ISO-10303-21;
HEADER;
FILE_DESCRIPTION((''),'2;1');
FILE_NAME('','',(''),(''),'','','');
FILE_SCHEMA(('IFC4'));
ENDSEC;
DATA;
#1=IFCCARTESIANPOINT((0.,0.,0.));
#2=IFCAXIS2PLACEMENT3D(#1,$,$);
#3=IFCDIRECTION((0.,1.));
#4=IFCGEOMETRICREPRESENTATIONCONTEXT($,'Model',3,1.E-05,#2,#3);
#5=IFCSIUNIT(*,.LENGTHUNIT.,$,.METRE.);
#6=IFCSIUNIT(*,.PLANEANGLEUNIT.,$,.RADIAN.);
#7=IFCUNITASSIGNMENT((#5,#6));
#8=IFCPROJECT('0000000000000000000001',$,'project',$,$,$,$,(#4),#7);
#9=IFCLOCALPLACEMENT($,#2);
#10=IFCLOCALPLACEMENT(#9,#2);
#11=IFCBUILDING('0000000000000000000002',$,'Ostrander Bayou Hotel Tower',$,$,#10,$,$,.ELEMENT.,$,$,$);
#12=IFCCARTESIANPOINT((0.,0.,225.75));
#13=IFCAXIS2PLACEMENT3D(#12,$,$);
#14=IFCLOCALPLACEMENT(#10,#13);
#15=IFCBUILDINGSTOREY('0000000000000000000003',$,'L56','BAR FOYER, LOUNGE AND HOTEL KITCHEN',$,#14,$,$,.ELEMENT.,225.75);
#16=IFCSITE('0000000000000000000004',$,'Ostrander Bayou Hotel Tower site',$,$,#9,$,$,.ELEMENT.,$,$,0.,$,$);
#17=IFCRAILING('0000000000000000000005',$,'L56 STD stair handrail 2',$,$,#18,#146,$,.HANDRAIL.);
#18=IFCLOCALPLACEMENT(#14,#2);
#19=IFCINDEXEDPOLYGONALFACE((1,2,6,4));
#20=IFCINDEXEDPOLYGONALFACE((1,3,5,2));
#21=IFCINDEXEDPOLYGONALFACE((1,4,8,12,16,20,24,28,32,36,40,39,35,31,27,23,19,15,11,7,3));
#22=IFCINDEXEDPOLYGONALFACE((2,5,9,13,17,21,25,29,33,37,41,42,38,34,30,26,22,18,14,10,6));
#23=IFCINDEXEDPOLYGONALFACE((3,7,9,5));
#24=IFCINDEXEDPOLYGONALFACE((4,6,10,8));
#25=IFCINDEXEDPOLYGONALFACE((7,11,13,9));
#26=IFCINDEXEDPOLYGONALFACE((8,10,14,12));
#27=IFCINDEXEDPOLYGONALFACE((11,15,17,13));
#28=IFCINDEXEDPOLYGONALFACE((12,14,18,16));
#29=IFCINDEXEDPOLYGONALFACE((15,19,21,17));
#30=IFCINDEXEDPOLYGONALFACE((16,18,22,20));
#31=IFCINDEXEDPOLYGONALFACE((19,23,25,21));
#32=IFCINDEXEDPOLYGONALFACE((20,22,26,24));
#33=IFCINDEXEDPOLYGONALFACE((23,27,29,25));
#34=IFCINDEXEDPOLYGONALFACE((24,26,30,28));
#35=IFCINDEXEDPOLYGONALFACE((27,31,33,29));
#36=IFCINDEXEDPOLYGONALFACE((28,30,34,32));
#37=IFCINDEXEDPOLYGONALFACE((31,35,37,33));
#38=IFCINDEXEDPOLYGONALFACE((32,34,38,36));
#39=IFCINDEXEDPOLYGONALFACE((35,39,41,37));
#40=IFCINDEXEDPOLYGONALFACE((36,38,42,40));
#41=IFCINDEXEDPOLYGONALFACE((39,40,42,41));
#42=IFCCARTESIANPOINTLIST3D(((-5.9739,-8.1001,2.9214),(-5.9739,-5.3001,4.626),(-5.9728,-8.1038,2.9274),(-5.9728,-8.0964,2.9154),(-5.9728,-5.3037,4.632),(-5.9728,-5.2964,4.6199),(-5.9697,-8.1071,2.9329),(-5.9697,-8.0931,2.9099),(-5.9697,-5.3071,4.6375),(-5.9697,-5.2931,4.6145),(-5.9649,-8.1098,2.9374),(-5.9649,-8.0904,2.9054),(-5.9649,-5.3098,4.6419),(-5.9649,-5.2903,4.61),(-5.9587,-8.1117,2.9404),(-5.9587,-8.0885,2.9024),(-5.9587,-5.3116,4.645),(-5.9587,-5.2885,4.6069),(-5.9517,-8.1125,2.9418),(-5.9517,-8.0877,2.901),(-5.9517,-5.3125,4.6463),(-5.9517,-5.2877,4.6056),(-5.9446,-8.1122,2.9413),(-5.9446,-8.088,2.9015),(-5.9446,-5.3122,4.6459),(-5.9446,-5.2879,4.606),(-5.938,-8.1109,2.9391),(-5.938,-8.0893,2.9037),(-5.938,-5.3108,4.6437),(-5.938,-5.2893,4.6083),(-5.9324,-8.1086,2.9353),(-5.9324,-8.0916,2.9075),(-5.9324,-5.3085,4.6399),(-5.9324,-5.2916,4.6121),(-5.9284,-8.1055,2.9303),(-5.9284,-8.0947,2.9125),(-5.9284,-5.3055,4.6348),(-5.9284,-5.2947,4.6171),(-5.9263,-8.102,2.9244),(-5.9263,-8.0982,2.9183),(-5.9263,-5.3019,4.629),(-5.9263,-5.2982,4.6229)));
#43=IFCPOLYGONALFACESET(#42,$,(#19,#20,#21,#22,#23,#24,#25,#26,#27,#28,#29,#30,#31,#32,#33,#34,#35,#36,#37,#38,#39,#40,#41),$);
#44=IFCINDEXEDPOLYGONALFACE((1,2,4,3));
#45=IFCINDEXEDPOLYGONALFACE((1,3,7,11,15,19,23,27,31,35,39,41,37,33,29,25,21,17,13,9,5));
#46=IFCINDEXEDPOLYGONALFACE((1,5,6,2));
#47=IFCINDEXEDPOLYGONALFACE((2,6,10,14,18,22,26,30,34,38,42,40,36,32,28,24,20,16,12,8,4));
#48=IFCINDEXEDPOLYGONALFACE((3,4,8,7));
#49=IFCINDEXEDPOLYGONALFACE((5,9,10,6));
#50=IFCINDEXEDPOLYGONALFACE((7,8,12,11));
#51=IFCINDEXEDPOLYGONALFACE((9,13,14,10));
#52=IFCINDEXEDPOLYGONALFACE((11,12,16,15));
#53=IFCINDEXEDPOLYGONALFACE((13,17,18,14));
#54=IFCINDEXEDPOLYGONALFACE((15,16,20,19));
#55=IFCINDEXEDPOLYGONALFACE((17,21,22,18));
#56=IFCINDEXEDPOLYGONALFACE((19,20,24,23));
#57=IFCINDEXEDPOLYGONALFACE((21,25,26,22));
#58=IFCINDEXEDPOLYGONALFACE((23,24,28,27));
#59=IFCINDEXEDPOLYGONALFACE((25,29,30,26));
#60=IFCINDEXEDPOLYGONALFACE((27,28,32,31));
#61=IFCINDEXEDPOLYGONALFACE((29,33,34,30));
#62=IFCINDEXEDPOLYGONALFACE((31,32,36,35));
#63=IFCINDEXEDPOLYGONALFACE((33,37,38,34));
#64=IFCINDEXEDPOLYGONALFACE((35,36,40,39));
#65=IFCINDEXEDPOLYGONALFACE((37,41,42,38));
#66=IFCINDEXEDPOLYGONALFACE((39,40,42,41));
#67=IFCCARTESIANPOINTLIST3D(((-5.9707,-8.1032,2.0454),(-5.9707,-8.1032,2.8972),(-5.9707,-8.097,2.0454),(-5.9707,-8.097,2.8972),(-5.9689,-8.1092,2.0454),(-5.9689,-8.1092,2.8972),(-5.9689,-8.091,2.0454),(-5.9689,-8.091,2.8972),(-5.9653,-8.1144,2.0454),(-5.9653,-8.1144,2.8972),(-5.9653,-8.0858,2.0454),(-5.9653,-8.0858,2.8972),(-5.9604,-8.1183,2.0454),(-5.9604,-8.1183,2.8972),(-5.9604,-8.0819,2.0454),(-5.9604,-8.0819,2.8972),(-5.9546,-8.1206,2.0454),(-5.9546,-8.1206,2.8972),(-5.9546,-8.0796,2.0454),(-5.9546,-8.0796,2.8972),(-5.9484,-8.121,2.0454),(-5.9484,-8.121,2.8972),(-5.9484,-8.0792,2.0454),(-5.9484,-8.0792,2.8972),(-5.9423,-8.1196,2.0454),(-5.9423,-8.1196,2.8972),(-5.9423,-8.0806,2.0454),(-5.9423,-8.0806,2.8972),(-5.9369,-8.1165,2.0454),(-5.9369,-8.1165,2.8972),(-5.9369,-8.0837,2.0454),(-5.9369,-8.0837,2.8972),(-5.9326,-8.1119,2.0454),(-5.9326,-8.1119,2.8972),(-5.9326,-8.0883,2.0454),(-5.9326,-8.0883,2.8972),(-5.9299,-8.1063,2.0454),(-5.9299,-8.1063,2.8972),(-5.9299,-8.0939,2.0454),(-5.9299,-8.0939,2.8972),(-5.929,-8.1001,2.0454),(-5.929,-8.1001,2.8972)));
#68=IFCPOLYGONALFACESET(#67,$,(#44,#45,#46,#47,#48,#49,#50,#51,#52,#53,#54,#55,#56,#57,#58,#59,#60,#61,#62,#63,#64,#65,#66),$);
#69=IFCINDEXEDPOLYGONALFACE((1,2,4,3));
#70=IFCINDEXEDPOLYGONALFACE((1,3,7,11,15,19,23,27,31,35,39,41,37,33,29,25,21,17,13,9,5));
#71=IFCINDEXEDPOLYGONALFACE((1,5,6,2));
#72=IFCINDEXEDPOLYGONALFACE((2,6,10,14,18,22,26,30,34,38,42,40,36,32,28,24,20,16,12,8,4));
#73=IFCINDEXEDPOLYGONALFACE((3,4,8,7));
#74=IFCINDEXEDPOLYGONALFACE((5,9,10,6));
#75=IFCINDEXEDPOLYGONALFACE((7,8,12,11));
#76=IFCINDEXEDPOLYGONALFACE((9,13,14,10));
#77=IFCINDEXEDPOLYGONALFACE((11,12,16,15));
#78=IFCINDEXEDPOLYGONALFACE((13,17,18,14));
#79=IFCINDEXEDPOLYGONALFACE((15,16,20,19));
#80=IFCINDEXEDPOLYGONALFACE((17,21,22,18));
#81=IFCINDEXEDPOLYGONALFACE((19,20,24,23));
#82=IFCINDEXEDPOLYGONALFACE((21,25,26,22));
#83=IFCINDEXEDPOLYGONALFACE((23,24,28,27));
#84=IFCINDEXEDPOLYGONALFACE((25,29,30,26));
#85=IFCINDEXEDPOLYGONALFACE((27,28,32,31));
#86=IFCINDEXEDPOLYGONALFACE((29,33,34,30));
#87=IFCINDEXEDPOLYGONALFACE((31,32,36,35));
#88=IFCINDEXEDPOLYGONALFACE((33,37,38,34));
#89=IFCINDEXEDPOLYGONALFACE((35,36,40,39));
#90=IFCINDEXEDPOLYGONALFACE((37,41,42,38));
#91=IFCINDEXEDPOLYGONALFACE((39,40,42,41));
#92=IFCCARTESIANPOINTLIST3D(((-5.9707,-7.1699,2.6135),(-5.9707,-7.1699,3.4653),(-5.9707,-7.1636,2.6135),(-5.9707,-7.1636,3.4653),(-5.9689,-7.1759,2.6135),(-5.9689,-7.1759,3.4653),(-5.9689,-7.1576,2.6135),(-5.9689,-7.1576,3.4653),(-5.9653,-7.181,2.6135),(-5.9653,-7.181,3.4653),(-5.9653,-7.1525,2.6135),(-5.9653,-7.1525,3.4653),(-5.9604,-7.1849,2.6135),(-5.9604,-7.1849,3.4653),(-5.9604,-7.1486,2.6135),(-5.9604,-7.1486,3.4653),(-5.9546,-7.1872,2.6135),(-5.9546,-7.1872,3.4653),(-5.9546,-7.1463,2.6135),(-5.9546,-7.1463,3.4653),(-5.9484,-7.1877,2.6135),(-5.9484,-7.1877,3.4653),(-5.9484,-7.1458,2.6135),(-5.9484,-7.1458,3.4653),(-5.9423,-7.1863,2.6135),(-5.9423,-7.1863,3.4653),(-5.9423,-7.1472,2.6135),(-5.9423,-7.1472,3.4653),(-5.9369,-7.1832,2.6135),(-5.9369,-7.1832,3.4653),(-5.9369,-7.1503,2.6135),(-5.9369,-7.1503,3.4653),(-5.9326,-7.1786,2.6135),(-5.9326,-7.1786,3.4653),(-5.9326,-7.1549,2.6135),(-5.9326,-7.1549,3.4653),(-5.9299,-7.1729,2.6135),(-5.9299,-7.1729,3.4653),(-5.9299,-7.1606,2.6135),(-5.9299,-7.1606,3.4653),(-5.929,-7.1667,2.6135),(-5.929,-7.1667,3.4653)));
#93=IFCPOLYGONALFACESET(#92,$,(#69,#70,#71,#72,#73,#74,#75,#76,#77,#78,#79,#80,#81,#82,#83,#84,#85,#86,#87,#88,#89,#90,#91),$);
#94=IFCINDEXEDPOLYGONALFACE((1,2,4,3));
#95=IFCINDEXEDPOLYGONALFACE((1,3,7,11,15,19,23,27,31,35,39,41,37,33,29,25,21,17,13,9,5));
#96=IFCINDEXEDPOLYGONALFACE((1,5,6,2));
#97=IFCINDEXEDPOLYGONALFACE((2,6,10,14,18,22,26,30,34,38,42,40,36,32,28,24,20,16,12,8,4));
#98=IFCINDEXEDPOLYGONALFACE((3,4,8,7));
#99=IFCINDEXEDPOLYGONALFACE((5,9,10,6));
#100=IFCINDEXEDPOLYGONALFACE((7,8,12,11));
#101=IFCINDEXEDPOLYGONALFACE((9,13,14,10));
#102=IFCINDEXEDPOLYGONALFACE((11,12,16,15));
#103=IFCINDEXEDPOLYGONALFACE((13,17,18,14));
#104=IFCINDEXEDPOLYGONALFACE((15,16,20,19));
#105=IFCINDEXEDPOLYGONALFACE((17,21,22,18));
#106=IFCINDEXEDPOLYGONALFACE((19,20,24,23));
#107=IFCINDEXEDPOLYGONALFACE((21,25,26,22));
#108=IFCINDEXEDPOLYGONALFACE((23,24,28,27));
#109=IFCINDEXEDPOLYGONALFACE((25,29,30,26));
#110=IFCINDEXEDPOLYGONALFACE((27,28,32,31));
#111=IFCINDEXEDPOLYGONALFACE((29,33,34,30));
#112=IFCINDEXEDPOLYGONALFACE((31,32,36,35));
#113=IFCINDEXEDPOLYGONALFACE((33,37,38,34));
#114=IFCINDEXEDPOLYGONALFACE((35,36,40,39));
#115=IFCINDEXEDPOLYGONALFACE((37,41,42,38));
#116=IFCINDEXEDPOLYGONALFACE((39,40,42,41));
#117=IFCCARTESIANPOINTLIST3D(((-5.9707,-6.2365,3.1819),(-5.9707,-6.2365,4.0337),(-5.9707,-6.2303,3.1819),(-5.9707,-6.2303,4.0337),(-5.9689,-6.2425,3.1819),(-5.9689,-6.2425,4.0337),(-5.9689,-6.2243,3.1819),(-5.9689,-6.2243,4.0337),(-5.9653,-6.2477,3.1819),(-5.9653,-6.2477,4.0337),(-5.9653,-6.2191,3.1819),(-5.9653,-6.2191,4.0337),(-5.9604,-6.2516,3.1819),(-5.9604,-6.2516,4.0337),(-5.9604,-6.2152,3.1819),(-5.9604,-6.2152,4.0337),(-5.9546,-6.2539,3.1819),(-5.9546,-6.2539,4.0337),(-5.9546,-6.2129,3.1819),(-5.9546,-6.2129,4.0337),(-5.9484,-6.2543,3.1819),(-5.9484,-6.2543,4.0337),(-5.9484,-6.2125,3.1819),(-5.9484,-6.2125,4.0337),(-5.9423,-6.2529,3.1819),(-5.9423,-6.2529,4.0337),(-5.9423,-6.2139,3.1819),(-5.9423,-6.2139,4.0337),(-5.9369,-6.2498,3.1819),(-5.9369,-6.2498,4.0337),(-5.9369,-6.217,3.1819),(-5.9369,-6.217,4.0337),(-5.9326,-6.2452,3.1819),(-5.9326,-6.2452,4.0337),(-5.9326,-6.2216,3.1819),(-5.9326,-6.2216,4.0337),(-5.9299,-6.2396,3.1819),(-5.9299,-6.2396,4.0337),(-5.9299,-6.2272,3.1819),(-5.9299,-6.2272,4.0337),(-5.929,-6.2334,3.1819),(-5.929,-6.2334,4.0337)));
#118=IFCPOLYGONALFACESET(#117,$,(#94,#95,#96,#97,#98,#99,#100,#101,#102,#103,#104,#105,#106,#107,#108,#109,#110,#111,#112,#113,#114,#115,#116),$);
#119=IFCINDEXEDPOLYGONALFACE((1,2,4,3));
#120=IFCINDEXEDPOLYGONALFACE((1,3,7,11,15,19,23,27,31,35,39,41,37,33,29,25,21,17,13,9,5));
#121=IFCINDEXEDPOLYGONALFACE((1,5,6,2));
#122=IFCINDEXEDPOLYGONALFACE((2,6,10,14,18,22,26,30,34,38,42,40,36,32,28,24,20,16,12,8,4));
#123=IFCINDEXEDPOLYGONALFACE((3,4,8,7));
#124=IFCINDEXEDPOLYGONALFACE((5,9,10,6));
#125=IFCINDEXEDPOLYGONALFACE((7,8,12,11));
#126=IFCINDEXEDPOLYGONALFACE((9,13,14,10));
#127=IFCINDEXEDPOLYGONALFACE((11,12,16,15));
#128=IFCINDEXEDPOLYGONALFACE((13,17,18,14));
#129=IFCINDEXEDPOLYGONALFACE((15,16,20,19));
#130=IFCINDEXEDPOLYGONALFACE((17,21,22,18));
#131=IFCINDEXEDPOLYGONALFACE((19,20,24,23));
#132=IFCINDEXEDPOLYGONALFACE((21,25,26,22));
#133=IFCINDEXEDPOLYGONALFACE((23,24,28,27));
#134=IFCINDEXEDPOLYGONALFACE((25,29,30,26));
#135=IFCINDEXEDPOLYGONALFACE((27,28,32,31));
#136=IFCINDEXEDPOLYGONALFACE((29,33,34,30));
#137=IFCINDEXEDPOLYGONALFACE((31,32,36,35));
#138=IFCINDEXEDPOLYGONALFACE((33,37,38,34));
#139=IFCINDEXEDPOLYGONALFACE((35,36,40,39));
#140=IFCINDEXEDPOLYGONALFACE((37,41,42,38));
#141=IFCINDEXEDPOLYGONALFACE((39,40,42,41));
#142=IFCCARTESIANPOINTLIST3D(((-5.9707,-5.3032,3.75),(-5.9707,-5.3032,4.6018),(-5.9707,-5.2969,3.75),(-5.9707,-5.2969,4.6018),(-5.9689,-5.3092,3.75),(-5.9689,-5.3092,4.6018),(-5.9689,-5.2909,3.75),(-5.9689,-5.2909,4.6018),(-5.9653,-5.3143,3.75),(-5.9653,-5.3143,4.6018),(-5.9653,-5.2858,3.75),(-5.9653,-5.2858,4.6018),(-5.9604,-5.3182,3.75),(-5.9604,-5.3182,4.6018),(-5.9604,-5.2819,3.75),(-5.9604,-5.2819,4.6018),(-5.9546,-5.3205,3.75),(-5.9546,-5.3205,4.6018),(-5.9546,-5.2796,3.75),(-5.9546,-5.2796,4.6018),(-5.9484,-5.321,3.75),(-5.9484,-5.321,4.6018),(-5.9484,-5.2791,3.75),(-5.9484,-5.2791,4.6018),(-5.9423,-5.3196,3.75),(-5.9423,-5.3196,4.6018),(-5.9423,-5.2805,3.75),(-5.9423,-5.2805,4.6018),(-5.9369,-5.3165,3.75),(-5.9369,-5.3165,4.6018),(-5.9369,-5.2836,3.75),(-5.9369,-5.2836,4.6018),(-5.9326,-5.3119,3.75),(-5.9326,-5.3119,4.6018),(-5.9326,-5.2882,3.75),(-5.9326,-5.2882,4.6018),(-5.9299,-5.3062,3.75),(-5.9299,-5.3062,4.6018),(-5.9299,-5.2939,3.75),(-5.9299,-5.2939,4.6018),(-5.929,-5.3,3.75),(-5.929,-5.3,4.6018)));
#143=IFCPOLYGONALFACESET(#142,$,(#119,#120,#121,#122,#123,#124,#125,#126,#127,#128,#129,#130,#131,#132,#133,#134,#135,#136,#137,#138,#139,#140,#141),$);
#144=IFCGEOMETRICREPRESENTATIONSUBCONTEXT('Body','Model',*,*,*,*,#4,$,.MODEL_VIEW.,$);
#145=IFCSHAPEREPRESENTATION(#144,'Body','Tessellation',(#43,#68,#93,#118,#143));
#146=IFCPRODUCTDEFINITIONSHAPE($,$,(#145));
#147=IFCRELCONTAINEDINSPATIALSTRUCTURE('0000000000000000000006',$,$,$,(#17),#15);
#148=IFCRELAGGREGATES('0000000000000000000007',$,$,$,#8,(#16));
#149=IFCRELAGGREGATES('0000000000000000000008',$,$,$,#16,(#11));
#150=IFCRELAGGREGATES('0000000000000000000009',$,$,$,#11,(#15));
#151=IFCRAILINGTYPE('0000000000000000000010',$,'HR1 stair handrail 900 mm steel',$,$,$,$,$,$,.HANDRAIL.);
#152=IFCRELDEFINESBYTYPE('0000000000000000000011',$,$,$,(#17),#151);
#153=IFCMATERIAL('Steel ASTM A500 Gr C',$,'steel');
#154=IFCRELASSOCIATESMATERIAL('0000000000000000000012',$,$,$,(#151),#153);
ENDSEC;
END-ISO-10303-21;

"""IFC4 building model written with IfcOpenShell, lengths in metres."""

from ifc_helpers import new_model, si_unit, direction, frame, origin, origin_2d, place, context, subcontext, project, spatial, circle, extrude, material, type_object, element, save


model = new_model("IFC4")

# Units and contexts
model_context = context("Model", 3, precision=1e-05, world=origin(), true_north=direction((0.0, 1.0)))
body_context = subcontext(model_context, "Body", "Model", "MODEL_VIEW")
ifc_project = project(units=[si_unit("LENGTHUNIT", "METRE"), si_unit("PLANEANGLEUNIT", "RADIAN")], contexts=[model_context])

# Site, building, storey
site_placement = place(None, origin())
site = spatial("IfcSite", under=ifc_project, at=site_placement, Name="Ostrander Bayou Hotel Tower site", CompositionType="ELEMENT", RefElevation=0.0)
building_placement = place(site_placement, origin())
building = spatial("IfcBuilding", under=site, at=building_placement, Name="Ostrander Bayou Hotel Tower", CompositionType="ELEMENT")
storey_placement = place(building_placement, frame((0.0, 0.0, 225.75)))
storey = spatial("IfcBuildingStorey", under=building, at=storey_placement, Name="L56", Description="BAR FOYER, LOUNGE AND HOTEL KITCHEN", CompositionType="ELEMENT", Elevation=225.75)

# Railing
ifc_material_1 = material(Name="Steel ASTM A500 Gr C", Category="steel")
railing_type_1 = type_object("IfcRailingType", Name="HR1 stair handrail 900 mm steel", PredefinedType="HANDRAIL", material=ifc_material_1)
railing_1_placement = place(storey_placement, frame((-5.95, -8.1001, 2.0454)))
element("IfcRailing", 1, at=railing_1_placement, inside=storey, type_object=railing_type_1, Name="L56 STD stair handrail 2", PredefinedType="HANDRAIL", context=body_context, shape_type="SweptSolid", body=[
    extrude(circle(Radius=0.0239, at=origin_2d()), frame((0.0, 0.0, 0.876), z_axis=(0.0, 0.85417, 0.519994), x_axis=(-1.0, 0.0, 0.0)), (0.0, 0.0, 1.0), 3.2781),
    extrude(circle(Radius=0.021, at=origin_2d()), origin(), (0.0, 0.0, 1.0), 0.8518),
    extrude(circle(Radius=0.021, at=origin_2d()), frame((0.0, 0.9333, 0.5681)), (0.0, 0.0, 1.0), 0.8518),
    extrude(circle(Radius=0.021, at=origin_2d()), frame((0.0, 1.8667, 1.1365)), (0.0, 0.0, 1.0), 0.8518),
    extrude(circle(Radius=0.021, at=origin_2d()), frame((0.0, 2.8, 1.7046)), (0.0, 0.0, 1.0), 0.8518),
])

save(model, "model.ifc")
